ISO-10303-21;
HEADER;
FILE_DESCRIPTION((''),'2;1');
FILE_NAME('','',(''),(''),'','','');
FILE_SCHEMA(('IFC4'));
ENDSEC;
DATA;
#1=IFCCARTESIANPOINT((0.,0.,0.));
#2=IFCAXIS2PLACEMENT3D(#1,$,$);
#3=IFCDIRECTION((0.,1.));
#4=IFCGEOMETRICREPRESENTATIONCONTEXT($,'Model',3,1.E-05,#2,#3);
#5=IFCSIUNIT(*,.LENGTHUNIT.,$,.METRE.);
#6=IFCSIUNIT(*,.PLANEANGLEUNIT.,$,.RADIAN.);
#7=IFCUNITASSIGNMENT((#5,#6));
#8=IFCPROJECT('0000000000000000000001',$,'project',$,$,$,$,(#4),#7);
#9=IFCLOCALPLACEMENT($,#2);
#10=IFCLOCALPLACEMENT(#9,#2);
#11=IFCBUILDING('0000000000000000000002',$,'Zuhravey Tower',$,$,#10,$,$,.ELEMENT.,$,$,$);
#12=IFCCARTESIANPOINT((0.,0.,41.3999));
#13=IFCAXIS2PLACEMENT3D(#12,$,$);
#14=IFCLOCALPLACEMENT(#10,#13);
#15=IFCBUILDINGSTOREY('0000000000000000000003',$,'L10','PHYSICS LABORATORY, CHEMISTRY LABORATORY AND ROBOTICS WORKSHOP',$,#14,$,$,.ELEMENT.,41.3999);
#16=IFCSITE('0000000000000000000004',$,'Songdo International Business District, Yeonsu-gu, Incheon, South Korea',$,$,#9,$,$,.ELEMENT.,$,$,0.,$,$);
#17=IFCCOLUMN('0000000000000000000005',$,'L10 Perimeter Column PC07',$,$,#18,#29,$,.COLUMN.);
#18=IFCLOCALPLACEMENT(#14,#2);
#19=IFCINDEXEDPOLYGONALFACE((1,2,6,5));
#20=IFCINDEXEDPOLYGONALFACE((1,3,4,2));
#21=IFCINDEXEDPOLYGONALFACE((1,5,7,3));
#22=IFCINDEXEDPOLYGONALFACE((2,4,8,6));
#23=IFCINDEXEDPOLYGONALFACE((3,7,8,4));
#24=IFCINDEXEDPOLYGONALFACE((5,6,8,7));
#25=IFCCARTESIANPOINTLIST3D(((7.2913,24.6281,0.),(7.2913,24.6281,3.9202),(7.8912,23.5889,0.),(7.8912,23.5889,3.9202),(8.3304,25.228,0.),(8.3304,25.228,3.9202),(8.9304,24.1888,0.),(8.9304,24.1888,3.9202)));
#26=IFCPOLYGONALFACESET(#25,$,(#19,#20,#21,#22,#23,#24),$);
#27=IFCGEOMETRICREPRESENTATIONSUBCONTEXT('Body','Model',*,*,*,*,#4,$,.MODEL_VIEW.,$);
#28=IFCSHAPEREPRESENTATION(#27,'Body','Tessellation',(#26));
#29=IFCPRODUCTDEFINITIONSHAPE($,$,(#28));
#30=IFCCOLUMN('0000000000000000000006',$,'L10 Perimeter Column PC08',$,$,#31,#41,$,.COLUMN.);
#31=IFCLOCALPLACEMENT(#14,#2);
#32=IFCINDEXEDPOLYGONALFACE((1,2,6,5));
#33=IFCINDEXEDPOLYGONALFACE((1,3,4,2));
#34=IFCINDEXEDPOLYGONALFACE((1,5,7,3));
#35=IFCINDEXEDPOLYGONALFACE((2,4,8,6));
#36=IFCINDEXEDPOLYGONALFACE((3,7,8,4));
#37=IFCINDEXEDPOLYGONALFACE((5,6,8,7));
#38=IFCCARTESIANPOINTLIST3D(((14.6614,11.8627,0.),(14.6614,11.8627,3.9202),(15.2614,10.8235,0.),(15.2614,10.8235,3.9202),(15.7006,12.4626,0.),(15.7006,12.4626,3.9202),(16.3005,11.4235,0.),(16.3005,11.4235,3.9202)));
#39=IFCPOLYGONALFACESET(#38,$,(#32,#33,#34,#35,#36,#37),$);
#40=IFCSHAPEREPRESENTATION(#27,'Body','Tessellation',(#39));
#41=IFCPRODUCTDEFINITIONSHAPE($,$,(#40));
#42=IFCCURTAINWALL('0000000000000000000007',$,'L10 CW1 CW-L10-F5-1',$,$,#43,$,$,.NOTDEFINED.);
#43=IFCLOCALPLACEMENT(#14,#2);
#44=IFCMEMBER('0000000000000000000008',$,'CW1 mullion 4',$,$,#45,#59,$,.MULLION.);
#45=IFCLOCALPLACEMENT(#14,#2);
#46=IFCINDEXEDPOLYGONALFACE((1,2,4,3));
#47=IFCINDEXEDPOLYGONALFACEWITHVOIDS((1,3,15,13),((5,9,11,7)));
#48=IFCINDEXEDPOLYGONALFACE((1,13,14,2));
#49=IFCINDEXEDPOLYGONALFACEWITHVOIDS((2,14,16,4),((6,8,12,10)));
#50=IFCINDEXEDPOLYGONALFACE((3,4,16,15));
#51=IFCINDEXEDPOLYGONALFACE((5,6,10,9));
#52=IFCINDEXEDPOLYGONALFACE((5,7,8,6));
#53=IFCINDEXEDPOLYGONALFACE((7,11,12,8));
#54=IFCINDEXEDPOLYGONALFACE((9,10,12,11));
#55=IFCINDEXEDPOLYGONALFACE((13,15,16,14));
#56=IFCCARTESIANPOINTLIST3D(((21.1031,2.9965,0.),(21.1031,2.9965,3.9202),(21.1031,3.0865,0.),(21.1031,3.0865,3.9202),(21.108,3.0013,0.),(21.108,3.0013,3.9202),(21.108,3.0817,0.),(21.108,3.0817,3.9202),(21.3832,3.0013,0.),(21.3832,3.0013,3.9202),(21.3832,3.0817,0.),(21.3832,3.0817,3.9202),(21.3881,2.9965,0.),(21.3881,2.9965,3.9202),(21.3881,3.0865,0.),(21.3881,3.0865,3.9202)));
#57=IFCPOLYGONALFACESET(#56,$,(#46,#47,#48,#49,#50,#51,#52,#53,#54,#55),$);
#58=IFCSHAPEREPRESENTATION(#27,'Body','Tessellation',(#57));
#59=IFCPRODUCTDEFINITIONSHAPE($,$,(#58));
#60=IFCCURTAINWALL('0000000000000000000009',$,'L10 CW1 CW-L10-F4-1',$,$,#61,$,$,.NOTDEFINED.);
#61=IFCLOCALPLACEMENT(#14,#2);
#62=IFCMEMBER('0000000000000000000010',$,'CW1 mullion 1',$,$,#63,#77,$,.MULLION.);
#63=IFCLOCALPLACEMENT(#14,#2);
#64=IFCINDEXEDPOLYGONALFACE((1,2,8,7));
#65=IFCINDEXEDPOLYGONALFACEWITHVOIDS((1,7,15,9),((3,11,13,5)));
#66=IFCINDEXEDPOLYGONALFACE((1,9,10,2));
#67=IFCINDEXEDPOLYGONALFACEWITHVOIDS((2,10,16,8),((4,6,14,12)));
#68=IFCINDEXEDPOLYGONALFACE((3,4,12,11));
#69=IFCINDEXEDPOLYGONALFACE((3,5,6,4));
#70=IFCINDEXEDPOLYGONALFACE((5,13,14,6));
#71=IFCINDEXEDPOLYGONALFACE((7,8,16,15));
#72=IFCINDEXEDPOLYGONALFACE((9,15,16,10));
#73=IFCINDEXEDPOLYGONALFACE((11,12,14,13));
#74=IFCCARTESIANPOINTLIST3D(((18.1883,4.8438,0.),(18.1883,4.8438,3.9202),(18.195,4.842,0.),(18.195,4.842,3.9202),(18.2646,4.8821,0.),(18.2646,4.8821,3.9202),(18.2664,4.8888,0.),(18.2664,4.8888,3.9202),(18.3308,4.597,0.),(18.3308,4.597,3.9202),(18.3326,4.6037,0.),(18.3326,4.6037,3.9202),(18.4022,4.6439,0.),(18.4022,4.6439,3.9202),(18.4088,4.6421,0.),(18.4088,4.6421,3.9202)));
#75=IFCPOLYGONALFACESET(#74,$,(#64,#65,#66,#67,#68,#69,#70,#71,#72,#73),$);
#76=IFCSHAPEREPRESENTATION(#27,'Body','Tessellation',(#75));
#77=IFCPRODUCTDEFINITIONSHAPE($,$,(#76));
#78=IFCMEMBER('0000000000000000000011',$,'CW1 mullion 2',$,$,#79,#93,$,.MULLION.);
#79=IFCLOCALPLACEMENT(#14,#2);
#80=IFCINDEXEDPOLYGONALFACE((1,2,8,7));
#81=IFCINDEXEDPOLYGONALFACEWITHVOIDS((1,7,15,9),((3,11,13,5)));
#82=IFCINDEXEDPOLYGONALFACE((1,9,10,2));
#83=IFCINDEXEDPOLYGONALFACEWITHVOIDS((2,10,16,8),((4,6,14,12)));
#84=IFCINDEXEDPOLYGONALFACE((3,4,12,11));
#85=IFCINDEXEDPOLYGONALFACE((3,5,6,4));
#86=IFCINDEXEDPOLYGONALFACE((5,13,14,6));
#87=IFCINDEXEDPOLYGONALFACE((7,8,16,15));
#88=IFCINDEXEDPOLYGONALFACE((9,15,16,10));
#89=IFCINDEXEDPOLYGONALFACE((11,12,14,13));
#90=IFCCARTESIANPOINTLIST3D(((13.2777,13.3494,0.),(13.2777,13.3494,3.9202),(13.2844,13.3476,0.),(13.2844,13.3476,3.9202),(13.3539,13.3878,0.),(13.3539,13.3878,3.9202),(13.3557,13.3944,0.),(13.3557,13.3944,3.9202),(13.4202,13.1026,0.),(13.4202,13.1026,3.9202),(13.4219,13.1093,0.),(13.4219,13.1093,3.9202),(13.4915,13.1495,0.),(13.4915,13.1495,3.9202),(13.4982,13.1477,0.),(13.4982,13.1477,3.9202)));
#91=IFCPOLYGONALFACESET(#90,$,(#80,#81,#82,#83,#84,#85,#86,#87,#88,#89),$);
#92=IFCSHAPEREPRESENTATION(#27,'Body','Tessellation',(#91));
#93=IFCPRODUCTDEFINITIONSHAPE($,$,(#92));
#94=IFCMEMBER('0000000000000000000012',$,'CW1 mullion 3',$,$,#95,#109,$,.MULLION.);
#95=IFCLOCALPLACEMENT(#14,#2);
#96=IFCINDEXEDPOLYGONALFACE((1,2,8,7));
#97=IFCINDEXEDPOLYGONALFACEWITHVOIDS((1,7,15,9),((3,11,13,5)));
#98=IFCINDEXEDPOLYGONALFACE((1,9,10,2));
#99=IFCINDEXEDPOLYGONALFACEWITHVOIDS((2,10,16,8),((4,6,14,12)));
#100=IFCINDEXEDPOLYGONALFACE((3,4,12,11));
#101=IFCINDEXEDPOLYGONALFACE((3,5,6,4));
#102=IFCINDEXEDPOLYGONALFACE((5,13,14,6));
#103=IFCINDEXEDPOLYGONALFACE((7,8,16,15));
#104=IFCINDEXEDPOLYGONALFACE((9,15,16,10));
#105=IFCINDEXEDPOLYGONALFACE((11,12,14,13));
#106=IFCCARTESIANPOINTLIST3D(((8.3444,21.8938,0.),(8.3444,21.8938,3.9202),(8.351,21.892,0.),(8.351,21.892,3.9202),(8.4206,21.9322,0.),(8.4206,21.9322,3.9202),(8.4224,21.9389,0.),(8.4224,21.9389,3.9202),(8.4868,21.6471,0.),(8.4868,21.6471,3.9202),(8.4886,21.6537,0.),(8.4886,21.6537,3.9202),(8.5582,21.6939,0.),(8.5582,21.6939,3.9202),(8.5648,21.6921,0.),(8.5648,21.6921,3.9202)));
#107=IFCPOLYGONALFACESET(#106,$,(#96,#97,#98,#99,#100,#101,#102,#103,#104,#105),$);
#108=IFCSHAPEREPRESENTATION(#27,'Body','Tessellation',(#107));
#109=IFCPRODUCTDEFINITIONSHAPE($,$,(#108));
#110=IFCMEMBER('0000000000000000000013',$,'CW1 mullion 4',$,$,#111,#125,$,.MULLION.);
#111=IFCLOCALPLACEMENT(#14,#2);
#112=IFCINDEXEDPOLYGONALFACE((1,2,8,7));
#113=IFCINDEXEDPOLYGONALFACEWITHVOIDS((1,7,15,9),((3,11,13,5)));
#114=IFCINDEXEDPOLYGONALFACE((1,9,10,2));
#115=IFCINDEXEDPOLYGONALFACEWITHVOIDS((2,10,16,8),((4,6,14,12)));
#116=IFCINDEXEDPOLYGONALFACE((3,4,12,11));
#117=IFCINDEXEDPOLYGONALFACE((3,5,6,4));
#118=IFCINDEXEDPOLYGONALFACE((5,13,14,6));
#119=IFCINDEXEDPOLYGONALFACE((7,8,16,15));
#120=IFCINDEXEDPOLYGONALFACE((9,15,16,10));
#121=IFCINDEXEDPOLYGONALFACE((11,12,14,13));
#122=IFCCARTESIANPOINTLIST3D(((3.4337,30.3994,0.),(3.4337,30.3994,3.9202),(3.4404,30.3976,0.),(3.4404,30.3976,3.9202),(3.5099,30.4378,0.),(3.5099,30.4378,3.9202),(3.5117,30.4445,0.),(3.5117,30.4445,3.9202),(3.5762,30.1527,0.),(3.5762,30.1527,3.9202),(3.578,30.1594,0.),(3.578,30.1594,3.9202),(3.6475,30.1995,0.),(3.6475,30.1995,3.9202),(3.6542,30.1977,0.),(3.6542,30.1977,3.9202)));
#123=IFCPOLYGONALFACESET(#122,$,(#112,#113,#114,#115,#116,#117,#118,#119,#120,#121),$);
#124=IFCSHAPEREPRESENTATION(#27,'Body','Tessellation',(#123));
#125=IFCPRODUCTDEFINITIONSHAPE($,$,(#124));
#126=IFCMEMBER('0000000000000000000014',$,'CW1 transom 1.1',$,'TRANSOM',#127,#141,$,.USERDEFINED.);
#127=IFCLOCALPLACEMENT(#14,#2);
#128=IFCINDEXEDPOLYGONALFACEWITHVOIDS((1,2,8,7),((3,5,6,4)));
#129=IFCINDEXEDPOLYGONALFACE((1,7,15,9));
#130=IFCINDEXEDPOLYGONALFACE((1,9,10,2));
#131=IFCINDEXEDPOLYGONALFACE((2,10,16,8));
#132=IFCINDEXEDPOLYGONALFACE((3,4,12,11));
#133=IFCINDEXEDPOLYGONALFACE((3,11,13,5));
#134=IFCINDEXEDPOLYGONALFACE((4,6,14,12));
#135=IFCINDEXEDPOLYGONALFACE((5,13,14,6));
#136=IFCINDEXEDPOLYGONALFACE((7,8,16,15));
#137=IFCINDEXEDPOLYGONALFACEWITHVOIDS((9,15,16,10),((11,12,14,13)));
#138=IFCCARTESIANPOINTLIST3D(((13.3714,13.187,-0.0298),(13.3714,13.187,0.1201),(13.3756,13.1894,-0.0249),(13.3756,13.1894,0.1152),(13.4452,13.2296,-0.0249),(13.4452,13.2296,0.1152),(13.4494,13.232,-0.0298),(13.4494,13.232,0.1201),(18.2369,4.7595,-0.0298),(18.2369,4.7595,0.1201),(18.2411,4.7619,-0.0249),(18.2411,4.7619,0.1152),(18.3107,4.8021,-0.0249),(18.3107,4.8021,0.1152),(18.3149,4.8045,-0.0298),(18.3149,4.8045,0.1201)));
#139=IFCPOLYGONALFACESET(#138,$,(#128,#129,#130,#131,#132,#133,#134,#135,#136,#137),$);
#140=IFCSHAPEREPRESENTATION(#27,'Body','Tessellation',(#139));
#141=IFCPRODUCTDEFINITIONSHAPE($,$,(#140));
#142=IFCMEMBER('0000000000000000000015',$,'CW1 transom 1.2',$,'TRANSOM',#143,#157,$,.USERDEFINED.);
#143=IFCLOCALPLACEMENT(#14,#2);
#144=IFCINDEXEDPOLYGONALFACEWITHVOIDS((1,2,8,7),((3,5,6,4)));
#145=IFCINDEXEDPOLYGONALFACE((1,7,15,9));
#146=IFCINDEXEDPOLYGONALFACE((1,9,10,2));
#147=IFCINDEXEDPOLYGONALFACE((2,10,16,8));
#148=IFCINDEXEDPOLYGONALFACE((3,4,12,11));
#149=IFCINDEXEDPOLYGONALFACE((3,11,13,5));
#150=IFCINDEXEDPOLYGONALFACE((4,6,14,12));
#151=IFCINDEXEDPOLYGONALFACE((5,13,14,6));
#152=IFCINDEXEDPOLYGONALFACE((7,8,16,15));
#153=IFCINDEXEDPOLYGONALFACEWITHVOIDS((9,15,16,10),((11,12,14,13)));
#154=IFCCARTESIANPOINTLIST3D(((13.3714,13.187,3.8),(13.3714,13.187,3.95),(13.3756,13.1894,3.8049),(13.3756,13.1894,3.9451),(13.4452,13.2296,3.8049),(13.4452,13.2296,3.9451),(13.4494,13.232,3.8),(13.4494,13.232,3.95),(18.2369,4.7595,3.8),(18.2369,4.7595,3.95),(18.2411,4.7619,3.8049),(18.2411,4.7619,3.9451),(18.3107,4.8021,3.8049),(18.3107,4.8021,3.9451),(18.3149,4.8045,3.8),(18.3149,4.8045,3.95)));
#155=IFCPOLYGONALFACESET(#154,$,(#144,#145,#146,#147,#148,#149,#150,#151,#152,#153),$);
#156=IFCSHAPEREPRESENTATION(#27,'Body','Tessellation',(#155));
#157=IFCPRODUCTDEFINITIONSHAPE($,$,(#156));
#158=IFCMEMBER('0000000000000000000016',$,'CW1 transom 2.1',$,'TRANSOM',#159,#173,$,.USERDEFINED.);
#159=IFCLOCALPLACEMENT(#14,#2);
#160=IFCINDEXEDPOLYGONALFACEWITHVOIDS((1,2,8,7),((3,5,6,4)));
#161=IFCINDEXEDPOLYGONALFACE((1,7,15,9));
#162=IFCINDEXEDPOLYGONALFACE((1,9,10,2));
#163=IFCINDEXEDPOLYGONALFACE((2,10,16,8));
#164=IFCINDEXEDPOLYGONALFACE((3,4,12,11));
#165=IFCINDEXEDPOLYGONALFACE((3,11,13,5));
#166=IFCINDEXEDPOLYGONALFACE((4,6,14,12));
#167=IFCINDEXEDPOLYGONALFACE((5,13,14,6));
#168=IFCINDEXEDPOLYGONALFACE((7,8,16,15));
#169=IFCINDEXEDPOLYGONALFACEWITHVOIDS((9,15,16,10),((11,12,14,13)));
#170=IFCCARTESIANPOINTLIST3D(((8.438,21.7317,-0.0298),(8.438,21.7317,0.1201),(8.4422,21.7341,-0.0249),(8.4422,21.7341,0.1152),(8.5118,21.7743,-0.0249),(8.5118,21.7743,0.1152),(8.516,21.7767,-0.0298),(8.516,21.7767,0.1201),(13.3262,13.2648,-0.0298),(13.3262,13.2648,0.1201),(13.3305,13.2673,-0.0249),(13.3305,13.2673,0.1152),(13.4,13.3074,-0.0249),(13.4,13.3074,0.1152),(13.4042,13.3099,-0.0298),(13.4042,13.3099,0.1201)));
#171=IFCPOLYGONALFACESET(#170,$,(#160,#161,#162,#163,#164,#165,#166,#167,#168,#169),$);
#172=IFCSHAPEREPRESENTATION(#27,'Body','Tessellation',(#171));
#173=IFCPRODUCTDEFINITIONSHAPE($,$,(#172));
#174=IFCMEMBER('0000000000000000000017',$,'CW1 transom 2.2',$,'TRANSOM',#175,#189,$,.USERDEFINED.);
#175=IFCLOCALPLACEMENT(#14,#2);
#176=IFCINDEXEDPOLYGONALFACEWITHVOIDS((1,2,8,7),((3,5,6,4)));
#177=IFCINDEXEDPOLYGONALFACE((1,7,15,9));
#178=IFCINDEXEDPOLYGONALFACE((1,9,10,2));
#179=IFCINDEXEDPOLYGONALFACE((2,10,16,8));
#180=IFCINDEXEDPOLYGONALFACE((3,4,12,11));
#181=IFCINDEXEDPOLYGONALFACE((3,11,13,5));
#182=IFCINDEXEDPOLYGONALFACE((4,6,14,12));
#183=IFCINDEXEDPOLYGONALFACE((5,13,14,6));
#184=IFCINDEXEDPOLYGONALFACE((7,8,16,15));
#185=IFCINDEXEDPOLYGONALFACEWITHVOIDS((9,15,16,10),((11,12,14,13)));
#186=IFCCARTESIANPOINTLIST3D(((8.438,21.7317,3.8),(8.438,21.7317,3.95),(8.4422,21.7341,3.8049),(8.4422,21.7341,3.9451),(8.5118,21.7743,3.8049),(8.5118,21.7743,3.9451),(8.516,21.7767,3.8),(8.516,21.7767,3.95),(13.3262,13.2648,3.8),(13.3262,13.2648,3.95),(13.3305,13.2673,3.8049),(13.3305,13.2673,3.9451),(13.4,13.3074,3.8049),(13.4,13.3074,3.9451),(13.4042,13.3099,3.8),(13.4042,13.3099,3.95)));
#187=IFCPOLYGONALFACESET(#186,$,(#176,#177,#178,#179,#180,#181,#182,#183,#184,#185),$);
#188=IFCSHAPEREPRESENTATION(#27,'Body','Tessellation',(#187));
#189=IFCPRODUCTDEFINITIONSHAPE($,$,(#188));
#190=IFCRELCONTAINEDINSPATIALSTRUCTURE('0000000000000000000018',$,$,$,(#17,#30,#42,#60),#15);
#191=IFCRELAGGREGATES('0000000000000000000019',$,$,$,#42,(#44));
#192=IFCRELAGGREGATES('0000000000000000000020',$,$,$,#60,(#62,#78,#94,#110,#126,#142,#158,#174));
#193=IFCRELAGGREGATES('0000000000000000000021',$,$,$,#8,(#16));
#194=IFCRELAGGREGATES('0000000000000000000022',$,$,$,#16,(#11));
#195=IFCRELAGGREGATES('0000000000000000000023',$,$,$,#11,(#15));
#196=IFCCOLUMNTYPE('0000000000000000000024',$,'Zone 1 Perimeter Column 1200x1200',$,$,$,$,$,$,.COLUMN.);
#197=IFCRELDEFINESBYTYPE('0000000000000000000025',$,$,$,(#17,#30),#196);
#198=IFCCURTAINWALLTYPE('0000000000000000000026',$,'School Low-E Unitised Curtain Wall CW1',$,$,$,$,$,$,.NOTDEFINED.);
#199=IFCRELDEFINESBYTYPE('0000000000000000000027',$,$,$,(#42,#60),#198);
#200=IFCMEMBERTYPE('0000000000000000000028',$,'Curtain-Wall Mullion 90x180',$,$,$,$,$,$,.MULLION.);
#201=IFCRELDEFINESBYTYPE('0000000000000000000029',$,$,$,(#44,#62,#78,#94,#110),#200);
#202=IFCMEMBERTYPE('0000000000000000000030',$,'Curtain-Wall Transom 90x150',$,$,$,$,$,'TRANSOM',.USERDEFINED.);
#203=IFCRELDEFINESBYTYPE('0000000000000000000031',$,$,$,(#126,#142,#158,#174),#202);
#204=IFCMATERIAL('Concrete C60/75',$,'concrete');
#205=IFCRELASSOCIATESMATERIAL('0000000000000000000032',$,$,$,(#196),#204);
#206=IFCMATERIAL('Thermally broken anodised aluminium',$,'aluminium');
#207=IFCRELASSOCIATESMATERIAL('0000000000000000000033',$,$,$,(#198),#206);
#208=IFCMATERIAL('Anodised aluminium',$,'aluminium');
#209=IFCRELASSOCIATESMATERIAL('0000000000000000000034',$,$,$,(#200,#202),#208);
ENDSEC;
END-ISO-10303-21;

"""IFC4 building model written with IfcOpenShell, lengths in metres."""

from ifc_helpers import new_model, si_unit, direction, frame, origin, origin_2d, place, context, subcontext, project, spatial, rectangle, hollow_rectangle, extrude, material, material_profile, profile_set, type_object, element, aggregate, save


model = new_model("IFC4")

# Units and contexts
model_context = context("Model", 3, precision=1e-05, world=origin(), true_north=direction((0.0, 1.0)))
body_context = subcontext(model_context, "Body", "Model", "MODEL_VIEW")
ifc_project = project(units=[si_unit("LENGTHUNIT", "METRE"), si_unit("PLANEANGLEUNIT", "RADIAN")], contexts=[model_context])

# Site, building, storey
site_placement = place(None, origin())
site = spatial("IfcSite", under=ifc_project, at=site_placement, Name="Songdo International Business District, Yeonsu-gu, Incheon, South Korea", CompositionType="ELEMENT", RefElevation=0.0)
building_placement = place(site_placement, origin())
building = spatial("IfcBuilding", under=site, at=building_placement, Name="Zuhravey Tower", CompositionType="ELEMENT")
storey_placement = place(building_placement, frame((0.0, 0.0, 41.3999)))
storey = spatial("IfcBuildingStorey", under=building, at=storey_placement, Name="L10", Description="PHYSICS LABORATORY, CHEMISTRY LABORATORY AND ROBOTICS WORKSHOP", CompositionType="ELEMENT", Elevation=41.3999)

# Columns
ifc_material_1 = material(Name="Concrete C60/75", Category="concrete")
ifc_material_profile_1 = material_profile(ifc_material_1, rectangle(XDim=1.2, YDim=1.2, at=origin_2d()), Name="RC-1200x1200")
ifc_profile_set_1 = profile_set([ifc_material_profile_1], Name="Concrete C60/75")
column_type = type_object("IfcColumnType", Name="Zone 1 Perimeter Column 1200x1200", PredefinedType="COLUMN", material=ifc_profile_set_1)
for number, where, z_axis, x_axis, name in (
    (1, (8.1108, 24.4084, 0.0), (0.0, 0.0, 1.0), (0.5, -0.866025, 0.0), "L10 Perimeter Column PC07"),
    (2, (15.481, 11.6431, 0.0), (0.0, 0.0, 1.0), (0.5, -0.866025, 0.0), "L10 Perimeter Column PC08"),
):
    element("IfcColumn", number, at=place(storey_placement, frame(where, z_axis=z_axis, x_axis=x_axis)), inside=storey, type_object=column_type, Name=name, PredefinedType="COLUMN", context=body_context, shape_type="SweptSolid", body=[
        extrude(rectangle(XDim=1.2, YDim=1.2, at=origin_2d()), origin(), (0.0, 0.0, 1.0), 3.9202),
    ])

# Curtain wall, member
ifc_material_2 = material(Name="Thermally broken anodised aluminium", Category="aluminium")
curtain_wall_type = type_object("IfcCurtainWallType", Name="School Low-E Unitised Curtain Wall CW1", PredefinedType="NOTDEFINED", material=ifc_material_2)
curtain_wall_1_placement = place(storey_placement, origin())
curtain_wall_1 = element("IfcCurtainWall", 3, at=curtain_wall_1_placement, inside=storey, type_object=curtain_wall_type, Name="L10 CW1 CW-L10-F5-1", PredefinedType="NOTDEFINED")
ifc_material_3 = material(Name="Anodised aluminium", Category="aluminium")
ifc_material_profile_2 = material_profile(ifc_material_3, hollow_rectangle(XDim=0.0901, YDim=0.2849, WallThickness=0.0049, at=origin_2d()), Name="ALU-RHS-90x285x5")
ifc_profile_set_2 = profile_set([ifc_material_profile_2], Name="Anodised aluminium")
member_type_1 = type_object("IfcMemberType", Name="Curtain-Wall Mullion 90x180", PredefinedType="MULLION", material=ifc_profile_set_2)
member_1_placement = place(storey_placement, frame((21.2456, 3.0415, 0.0), z_axis=(0.0, 0.0, 1.0), x_axis=(0.0, -1.0, 0.0)))
member_1 = element("IfcMember", 4, at=member_1_placement, type_object=member_type_1, Name="CW1 mullion 4", PredefinedType="MULLION", context=body_context, shape_type="SweptSolid", body=[
    extrude(hollow_rectangle(XDim=0.0901, YDim=0.2849, WallThickness=0.0049, at=origin_2d()), origin(), (0.0, 0.0, 1.0), 3.9202),
])
aggregate(curtain_wall_1, [member_1])

# Curtain wall, members
curtain_wall_2_placement = place(storey_placement, origin())
curtain_wall_2 = element("IfcCurtainWall", 5, at=curtain_wall_2_placement, inside=storey, type_object=curtain_wall_type, Name="L10 CW1 CW-L10-F4-1", PredefinedType="NOTDEFINED")
member_2_placement = place(storey_placement, frame((18.2986, 4.7429, 0.0), z_axis=(0.0, 0.0, 1.0), x_axis=(-0.866026, -0.5, 0.0)))
member_2 = element("IfcMember", 6, at=member_2_placement, type_object=member_type_1, Name="CW1 mullion 1", PredefinedType="MULLION", context=body_context, shape_type="SweptSolid", body=[
    extrude(hollow_rectangle(XDim=0.0901, YDim=0.2849, WallThickness=0.0049, at=origin_2d()), origin(), (0.0, 0.0, 1.0), 3.9202),
])
member_3_placement = place(storey_placement, frame((13.3879, 13.2485, 0.0), z_axis=(0.0, 0.0, 1.0), x_axis=(-0.866026, -0.5, 0.0)))
member_3 = element("IfcMember", 7, at=member_3_placement, type_object=member_type_1, Name="CW1 mullion 2", PredefinedType="MULLION", context=body_context, shape_type="SweptSolid", body=[
    extrude(hollow_rectangle(XDim=0.0901, YDim=0.2849, WallThickness=0.0049, at=origin_2d()), origin(), (0.0, 0.0, 1.0), 3.9202),
])
member_4_placement = place(storey_placement, frame((8.4546, 21.793, 0.0), z_axis=(0.0, 0.0, 1.0), x_axis=(-0.866026, -0.5, 0.0)))
member_4 = element("IfcMember", 8, at=member_4_placement, type_object=member_type_1, Name="CW1 mullion 3", PredefinedType="MULLION", context=body_context, shape_type="SweptSolid", body=[
    extrude(hollow_rectangle(XDim=0.0901, YDim=0.2849, WallThickness=0.0049, at=origin_2d()), origin(), (0.0, 0.0, 1.0), 3.9202),
])
member_5_placement = place(storey_placement, frame((3.5439, 30.2986, 0.0), z_axis=(0.0, 0.0, 1.0), x_axis=(-0.866026, -0.5, 0.0)))
member_5 = element("IfcMember", 9, at=member_5_placement, type_object=member_type_1, Name="CW1 mullion 4", PredefinedType="MULLION", context=body_context, shape_type="SweptSolid", body=[
    extrude(hollow_rectangle(XDim=0.0901, YDim=0.2849, WallThickness=0.0049, at=origin_2d()), origin(), (0.0, 0.0, 1.0), 3.9202),
])
ifc_material_profile_3 = material_profile(ifc_material_3, hollow_rectangle(XDim=0.0901, YDim=0.1499, WallThickness=0.0049, at=origin_2d()), Name="ALU-RHS-90x150x5")
ifc_profile_set_3 = profile_set([ifc_material_profile_3], Name="Anodised aluminium")
member_type_2 = type_object("IfcMemberType", Name="Curtain-Wall Transom 90x150", ElementType="TRANSOM", PredefinedType="USERDEFINED", material=ifc_profile_set_3)
member_6_placement = place(storey_placement, frame((18.2759, 4.782, 0.0452), z_axis=(-0.49999, 0.866031, 0.0), x_axis=(-0.866031, -0.49999, 0.0)))
member_6 = element("IfcMember", 10, at=member_6_placement, type_object=member_type_2, Name="CW1 transom 1.1", ObjectType="TRANSOM", PredefinedType="USERDEFINED", context=body_context, shape_type="SweptSolid", body=[
    extrude(hollow_rectangle(XDim=0.0901, YDim=0.1499, WallThickness=0.0049, at=origin_2d()), origin(), (0.0, 0.0, 1.0), 9.7312),
])
member_7_placement = place(storey_placement, frame((18.2759, 4.782, 3.875), z_axis=(-0.49999, 0.866031, 0.0), x_axis=(-0.866031, -0.49999, 0.0)))
member_7 = element("IfcMember", 11, at=member_7_placement, type_object=member_type_2, Name="CW1 transom 1.2", ObjectType="TRANSOM", PredefinedType="USERDEFINED", context=body_context, shape_type="SweptSolid", body=[
    extrude(hollow_rectangle(XDim=0.0901, YDim=0.1499, WallThickness=0.0049, at=origin_2d()), origin(), (0.0, 0.0, 1.0), 9.7312),
])
member_8_placement = place(storey_placement, frame((13.3652, 13.2874, 0.0452), z_axis=(-0.49999, 0.866031, 0.0), x_axis=(-0.866031, -0.49999, 0.0)))
member_8 = element("IfcMember", 12, at=member_8_placement, type_object=member_type_2, Name="CW1 transom 2.1", ObjectType="TRANSOM", PredefinedType="USERDEFINED", context=body_context, shape_type="SweptSolid", body=[
    extrude(hollow_rectangle(XDim=0.0901, YDim=0.1499, WallThickness=0.0049, at=origin_2d()), origin(), (0.0, 0.0, 1.0), 9.7766),
])
member_9_placement = place(storey_placement, frame((13.3652, 13.2874, 3.875), z_axis=(-0.49999, 0.866031, 0.0), x_axis=(-0.866031, -0.49999, 0.0)))
member_9 = element("IfcMember", 13, at=member_9_placement, type_object=member_type_2, Name="CW1 transom 2.2", ObjectType="TRANSOM", PredefinedType="USERDEFINED", context=body_context, shape_type="SweptSolid", body=[
    extrude(hollow_rectangle(XDim=0.0901, YDim=0.1499, WallThickness=0.0049, at=origin_2d()), origin(), (0.0, 0.0, 1.0), 9.7766),
])

aggregate(curtain_wall_2, [member_2, member_3, member_4, member_5, member_6, member_7, member_8, member_9])

save(model, "model.ifc")
